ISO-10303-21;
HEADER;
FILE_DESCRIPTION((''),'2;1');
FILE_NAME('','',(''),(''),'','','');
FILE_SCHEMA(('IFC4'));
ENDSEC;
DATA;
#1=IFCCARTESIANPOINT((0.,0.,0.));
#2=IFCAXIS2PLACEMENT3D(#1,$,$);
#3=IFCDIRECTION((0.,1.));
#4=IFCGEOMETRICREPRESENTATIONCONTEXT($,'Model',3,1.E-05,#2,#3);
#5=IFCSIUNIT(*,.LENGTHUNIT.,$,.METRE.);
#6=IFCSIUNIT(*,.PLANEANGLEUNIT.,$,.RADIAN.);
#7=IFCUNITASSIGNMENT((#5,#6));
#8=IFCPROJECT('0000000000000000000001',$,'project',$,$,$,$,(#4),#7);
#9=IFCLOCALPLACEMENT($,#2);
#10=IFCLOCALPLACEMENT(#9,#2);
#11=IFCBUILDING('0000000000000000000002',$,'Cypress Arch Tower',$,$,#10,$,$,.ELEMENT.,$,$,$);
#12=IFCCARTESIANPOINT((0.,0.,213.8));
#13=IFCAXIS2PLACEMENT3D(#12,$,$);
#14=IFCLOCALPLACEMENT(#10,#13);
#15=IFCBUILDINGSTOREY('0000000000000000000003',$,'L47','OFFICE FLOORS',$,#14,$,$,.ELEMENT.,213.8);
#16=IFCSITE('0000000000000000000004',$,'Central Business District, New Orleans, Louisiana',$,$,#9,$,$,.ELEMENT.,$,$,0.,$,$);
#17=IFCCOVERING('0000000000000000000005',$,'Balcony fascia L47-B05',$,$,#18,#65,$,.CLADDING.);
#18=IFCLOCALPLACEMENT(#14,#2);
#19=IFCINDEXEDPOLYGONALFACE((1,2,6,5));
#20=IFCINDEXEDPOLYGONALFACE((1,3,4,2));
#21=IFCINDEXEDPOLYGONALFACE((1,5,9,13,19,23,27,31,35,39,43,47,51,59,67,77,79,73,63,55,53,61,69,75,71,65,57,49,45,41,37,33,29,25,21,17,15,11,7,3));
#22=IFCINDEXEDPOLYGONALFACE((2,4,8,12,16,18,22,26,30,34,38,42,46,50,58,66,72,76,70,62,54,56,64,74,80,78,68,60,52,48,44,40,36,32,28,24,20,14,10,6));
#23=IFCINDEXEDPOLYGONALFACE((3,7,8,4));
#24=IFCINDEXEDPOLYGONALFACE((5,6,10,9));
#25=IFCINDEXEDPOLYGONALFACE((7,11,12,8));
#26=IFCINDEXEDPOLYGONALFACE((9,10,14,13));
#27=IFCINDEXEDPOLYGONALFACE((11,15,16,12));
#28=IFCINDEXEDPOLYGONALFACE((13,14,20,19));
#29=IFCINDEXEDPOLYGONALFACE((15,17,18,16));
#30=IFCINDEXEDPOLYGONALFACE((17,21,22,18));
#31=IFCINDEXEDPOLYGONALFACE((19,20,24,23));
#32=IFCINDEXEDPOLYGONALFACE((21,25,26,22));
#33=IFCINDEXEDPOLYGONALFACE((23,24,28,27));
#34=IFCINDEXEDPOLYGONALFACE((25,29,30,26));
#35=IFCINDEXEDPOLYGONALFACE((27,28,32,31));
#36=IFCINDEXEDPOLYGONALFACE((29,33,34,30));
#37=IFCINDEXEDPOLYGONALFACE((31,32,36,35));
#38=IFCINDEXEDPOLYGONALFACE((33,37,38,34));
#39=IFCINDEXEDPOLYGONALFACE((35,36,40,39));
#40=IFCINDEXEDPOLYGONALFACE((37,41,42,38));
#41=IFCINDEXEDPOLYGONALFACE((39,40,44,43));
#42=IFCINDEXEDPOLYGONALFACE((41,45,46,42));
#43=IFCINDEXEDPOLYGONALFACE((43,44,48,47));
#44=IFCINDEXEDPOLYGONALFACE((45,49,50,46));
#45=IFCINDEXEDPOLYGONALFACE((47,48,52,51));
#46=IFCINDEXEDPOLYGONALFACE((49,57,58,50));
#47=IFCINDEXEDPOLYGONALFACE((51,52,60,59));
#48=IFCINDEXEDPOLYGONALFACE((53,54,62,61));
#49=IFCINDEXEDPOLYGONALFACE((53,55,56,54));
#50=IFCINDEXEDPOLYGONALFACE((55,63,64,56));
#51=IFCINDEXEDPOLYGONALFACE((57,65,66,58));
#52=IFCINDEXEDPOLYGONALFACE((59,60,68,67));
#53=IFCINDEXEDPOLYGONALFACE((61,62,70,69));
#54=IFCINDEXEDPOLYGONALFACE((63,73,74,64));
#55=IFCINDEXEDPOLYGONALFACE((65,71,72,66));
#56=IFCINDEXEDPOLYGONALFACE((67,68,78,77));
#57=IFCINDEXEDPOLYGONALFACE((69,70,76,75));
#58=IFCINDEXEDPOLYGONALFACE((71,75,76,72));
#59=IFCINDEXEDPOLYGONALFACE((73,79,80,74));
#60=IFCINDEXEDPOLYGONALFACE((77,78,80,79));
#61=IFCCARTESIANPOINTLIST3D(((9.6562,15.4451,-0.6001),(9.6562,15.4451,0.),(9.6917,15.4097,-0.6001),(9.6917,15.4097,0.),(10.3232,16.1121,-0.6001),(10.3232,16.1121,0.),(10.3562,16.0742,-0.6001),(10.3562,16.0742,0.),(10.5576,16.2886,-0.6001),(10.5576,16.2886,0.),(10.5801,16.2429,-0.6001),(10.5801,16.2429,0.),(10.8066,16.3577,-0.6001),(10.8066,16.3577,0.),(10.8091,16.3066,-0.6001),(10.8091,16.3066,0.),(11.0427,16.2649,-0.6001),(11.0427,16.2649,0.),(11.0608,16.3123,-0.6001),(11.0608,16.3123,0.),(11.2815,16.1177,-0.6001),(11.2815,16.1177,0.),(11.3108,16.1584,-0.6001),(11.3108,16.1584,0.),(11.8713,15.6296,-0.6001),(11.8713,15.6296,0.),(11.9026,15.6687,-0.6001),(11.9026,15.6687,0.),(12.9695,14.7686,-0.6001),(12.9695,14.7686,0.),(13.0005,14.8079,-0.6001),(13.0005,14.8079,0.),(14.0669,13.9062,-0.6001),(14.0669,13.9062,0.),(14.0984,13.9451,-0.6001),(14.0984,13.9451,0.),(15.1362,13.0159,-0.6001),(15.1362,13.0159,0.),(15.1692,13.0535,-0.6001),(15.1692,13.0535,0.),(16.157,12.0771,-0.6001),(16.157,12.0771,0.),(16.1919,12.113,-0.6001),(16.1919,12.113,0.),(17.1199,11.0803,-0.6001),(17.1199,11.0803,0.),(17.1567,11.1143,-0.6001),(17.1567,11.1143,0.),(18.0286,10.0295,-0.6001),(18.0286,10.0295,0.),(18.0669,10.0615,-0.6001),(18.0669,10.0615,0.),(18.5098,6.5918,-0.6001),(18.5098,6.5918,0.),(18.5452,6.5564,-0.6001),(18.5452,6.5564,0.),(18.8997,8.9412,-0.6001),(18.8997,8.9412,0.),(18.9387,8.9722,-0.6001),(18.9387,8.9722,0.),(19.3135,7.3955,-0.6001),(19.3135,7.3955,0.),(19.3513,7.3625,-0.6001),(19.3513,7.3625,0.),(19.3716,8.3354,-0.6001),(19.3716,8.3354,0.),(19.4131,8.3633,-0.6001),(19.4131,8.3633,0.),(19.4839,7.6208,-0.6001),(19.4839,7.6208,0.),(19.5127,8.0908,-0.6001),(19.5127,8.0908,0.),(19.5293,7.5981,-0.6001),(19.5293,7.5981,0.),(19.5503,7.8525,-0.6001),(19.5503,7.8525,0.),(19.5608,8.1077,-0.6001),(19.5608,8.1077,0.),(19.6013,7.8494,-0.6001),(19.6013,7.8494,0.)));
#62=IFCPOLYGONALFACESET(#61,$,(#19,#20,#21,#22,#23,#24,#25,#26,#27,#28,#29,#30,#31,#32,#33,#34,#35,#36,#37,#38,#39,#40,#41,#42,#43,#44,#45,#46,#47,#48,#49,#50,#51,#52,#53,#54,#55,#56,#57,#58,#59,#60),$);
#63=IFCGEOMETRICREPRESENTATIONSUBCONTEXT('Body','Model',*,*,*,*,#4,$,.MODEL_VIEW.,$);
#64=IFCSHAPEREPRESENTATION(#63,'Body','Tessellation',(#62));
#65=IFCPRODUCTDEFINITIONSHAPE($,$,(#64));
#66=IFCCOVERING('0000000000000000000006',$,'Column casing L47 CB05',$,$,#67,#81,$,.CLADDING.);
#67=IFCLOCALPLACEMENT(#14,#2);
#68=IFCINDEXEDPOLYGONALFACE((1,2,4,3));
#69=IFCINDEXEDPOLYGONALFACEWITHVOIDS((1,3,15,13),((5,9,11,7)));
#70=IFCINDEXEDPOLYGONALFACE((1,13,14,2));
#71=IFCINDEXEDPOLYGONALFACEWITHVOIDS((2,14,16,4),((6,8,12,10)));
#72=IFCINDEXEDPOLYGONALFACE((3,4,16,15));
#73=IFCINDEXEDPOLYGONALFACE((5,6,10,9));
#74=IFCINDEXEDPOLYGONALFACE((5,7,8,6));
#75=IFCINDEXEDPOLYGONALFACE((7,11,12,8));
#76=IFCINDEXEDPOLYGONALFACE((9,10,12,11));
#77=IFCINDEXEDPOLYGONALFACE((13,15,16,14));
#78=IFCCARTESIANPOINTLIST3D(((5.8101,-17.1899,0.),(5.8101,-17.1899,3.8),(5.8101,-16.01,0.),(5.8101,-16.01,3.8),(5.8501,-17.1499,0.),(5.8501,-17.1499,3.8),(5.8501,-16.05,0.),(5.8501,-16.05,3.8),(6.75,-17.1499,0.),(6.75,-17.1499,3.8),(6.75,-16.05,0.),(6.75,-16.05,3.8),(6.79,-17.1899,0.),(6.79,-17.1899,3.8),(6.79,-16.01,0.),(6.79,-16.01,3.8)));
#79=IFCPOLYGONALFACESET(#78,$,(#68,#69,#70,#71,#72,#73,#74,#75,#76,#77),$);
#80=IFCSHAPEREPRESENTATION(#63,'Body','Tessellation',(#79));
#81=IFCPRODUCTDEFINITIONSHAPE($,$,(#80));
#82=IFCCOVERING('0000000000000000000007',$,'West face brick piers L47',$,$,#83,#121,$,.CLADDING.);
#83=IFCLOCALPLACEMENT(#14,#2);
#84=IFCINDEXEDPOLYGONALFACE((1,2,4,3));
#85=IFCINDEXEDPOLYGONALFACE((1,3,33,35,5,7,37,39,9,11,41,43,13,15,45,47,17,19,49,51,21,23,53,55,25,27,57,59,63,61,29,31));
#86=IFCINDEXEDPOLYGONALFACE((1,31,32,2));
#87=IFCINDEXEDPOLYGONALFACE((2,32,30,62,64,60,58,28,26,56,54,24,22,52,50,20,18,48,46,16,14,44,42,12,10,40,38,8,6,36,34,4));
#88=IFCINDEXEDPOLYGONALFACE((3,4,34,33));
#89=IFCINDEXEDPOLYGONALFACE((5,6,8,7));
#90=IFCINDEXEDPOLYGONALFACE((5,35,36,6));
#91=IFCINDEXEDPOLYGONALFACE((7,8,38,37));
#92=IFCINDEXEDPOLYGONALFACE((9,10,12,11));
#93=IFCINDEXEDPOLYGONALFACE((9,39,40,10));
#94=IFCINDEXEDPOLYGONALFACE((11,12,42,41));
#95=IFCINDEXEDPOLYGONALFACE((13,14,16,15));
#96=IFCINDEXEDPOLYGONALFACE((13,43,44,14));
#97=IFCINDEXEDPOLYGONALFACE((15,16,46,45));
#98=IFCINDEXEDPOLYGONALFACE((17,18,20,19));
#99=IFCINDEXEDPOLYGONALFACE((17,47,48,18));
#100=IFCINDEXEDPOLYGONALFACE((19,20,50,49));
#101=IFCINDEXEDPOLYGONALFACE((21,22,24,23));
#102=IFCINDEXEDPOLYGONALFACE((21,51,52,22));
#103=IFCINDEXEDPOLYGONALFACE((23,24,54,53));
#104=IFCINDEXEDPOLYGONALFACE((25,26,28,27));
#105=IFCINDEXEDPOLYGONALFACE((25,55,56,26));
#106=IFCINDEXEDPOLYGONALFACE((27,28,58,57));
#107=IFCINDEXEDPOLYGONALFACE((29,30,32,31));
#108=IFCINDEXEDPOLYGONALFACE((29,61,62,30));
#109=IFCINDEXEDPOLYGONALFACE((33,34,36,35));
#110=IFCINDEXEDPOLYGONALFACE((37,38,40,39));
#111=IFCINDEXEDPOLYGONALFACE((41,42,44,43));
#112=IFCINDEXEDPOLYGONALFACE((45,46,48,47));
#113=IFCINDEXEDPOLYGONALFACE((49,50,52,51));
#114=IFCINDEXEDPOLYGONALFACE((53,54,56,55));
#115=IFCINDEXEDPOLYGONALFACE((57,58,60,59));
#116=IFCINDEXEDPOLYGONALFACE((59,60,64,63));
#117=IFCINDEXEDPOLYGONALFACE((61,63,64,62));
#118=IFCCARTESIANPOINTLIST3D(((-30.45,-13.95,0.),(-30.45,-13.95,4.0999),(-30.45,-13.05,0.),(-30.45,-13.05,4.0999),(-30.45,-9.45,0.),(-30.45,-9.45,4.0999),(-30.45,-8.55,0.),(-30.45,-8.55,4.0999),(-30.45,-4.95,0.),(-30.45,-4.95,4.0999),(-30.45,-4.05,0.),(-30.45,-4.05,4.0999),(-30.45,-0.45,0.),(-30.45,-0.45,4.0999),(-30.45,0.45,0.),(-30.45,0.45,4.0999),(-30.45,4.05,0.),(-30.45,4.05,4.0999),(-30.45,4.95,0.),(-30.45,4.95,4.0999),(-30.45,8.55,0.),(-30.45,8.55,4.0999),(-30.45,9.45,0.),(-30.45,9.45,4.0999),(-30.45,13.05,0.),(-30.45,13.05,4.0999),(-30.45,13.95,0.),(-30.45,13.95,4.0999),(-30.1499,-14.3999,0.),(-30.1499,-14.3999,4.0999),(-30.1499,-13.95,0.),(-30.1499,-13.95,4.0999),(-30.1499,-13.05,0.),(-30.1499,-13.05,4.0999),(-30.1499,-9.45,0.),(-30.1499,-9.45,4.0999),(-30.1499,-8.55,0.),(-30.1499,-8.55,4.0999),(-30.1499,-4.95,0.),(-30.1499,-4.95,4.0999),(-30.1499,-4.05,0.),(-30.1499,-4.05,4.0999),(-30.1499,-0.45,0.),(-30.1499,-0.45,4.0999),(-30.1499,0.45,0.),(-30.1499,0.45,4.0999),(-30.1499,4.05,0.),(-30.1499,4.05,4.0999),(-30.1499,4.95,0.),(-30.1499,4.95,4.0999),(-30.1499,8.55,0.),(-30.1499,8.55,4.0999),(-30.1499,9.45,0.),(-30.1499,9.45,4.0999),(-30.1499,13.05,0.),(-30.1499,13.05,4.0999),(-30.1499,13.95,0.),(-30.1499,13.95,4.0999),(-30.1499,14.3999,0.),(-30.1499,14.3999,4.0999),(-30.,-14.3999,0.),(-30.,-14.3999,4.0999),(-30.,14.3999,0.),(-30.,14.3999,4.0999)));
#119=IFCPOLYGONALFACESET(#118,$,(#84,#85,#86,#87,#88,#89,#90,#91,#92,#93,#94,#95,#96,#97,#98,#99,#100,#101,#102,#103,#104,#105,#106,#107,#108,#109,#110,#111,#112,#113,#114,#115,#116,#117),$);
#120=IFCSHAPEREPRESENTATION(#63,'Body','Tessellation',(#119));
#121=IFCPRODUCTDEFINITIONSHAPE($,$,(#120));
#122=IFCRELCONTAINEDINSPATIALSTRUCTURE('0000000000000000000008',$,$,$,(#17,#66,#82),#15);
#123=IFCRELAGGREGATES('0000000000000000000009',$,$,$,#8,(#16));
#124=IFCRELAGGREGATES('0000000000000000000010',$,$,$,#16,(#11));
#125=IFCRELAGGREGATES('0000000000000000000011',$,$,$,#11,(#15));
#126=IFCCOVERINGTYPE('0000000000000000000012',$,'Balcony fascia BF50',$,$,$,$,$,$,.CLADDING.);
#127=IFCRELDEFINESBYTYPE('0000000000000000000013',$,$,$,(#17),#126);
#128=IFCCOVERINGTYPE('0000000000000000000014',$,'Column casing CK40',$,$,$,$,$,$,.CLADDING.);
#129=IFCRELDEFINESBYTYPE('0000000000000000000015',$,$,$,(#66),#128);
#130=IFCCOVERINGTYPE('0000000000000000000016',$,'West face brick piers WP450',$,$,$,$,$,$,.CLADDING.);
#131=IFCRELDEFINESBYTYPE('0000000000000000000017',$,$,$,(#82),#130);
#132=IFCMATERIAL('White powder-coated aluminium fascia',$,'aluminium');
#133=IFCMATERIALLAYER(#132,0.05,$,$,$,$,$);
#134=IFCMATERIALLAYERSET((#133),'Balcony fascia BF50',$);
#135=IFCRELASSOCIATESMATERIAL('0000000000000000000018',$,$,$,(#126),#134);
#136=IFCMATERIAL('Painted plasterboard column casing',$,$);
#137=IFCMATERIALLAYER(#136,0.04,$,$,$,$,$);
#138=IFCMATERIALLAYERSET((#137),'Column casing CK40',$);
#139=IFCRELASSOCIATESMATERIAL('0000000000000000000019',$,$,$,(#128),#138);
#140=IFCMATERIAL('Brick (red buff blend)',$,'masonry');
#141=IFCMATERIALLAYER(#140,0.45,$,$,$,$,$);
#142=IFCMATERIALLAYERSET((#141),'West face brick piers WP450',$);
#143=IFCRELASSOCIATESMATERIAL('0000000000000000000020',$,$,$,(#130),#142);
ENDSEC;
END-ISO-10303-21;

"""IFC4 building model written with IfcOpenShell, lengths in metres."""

from ifc_helpers import new_model, si_unit, direction, frame, origin, place, context, subcontext, project, spatial, polyline, outline, extrude, material, layer, layer_set, type_object, element, save


model = new_model("IFC4")

# Units and contexts
model_context = context("Model", 3, precision=1e-05, world=origin(), true_north=direction((0.0, 1.0)))
body_context = subcontext(model_context, "Body", "Model", "MODEL_VIEW")
ifc_project = project(units=[si_unit("LENGTHUNIT", "METRE"), si_unit("PLANEANGLEUNIT", "RADIAN")], contexts=[model_context])

# Site, building, storey
site_placement = place(None, origin())
site = spatial("IfcSite", under=ifc_project, at=site_placement, Name="Central Business District, New Orleans, Louisiana", CompositionType="ELEMENT", RefElevation=0.0)
building_placement = place(site_placement, origin())
building = spatial("IfcBuilding", under=site, at=building_placement, Name="Cypress Arch Tower", CompositionType="ELEMENT")
storey_placement = place(building_placement, frame((0.0, 0.0, 213.8)))
storey = spatial("IfcBuildingStorey", under=building, at=storey_placement, Name="L47", Description="OFFICE FLOORS", CompositionType="ELEMENT", Elevation=213.8)

# Coverings
ifc_material_1 = material(Name="White powder-coated aluminium fascia", Category="aluminium")
ifc_layer_1 = layer(ifc_material_1, 0.05)
ifc_layer_set_1 = layer_set([ifc_layer_1], Name="Balcony fascia BF50")
covering_type_1 = type_object("IfcCoveringType", Name="Balcony fascia BF50", PredefinedType="CLADDING", material=ifc_layer_set_1)
covering_1_placement = place(storey_placement, frame((0.0, 0.0, -0.6001)))
element("IfcCovering", 1, at=covering_1_placement, inside=storey, type_object=covering_type_1, Name="Balcony fascia L47-B05", PredefinedType="CLADDING", context=body_context, shape_type="SweptSolid", body=[
    extrude(outline(polyline([(10.3232, 16.1121), (10.5576, 16.2886), (10.8066, 16.3577), (11.0608, 16.3123), (11.3108, 16.1584), (11.9026, 15.6687), (13.0005, 14.8079), (14.0984, 13.9451), (15.1692, 13.0535), (16.1919, 12.113), (17.1567, 11.1143), (18.0669, 10.0615), (18.9387, 8.9722), (19.4131, 8.3633), (19.5608, 8.1077), (19.6013, 7.8494), (19.5293, 7.5981), (19.3513, 7.3625), (18.5452, 6.5564), (18.5098, 6.5918), (19.3135, 7.3955), (19.4839, 7.6208), (19.5503, 7.8525), (19.5127, 8.0908), (19.3716, 8.3354), (18.8997, 8.9412), (18.0286, 10.0295), (17.1199, 11.0803), (16.157, 12.0771), (15.1362, 13.0159), (14.0669, 13.9062), (12.9695, 14.7686), (11.8713, 15.6296), (11.2815, 16.1177), (11.0427, 16.2649), (10.8091, 16.3066), (10.5801, 16.2429), (10.3562, 16.0742), (9.6917, 15.4097), (9.6562, 15.4451), (10.3232, 16.1121)])), origin(), (0.0, 0.0, 1.0), 0.6001),
])
ifc_material_2 = material(Name="Painted plasterboard column casing")
ifc_layer_2 = layer(ifc_material_2, 0.04)
ifc_layer_set_2 = layer_set([ifc_layer_2], Name="Column casing CK40")
covering_type_2 = type_object("IfcCoveringType", Name="Column casing CK40", PredefinedType="CLADDING", material=ifc_layer_set_2)
covering_2_placement = place(storey_placement, origin())
element("IfcCovering", 2, at=covering_2_placement, inside=storey, type_object=covering_type_2, Name="Column casing L47 CB05", PredefinedType="CLADDING", context=body_context, shape_type="SweptSolid", body=[
    extrude(outline(polyline([(5.8101, -17.1899), (5.8101, -16.01), (6.79, -16.01), (6.79, -17.1899), (5.8101, -17.1899)]), holes=[polyline([(5.8501, -17.1499), (6.75, -17.1499), (6.75, -16.05), (5.8501, -16.05), (5.8501, -17.1499)])]), origin(), (0.0, 0.0, 1.0), 3.8),
])
ifc_material_3 = material(Name="Brick (red buff blend)", Category="masonry")
ifc_layer_3 = layer(ifc_material_3, 0.45)
ifc_layer_set_3 = layer_set([ifc_layer_3], Name="West face brick piers WP450")
covering_type_3 = type_object("IfcCoveringType", Name="West face brick piers WP450", PredefinedType="CLADDING", material=ifc_layer_set_3)
covering_3_placement = place(storey_placement, origin())
element("IfcCovering", 3, at=covering_3_placement, inside=storey, type_object=covering_type_3, Name="West face brick piers L47", PredefinedType="CLADDING", context=body_context, shape_type="SweptSolid", body=[
    extrude(outline(polyline([(-30.1499, -13.05), (-30.1499, -9.45), (-30.45, -9.45), (-30.45, -8.55), (-30.1499, -8.55), (-30.1499, -4.95), (-30.45, -4.95), (-30.45, -4.05), (-30.1499, -4.05), (-30.1499, -0.45), (-30.45, -0.45), (-30.45, 0.45), (-30.1499, 0.45), (-30.1499, 4.05), (-30.45, 4.05), (-30.45, 4.95), (-30.1499, 4.95), (-30.1499, 8.55), (-30.45, 8.55), (-30.45, 9.45), (-30.1499, 9.45), (-30.1499, 13.05), (-30.45, 13.05), (-30.45, 13.95), (-30.1499, 13.95), (-30.1499, 14.3999), (-30.0, 14.3999), (-30.0, -14.3999), (-30.1499, -14.3999), (-30.1499, -13.95), (-30.45, -13.95), (-30.45, -13.05), (-30.1499, -13.05)])), origin(), (0.0, 0.0, 1.0), 4.0999),
])

save(model, "model.ifc")
